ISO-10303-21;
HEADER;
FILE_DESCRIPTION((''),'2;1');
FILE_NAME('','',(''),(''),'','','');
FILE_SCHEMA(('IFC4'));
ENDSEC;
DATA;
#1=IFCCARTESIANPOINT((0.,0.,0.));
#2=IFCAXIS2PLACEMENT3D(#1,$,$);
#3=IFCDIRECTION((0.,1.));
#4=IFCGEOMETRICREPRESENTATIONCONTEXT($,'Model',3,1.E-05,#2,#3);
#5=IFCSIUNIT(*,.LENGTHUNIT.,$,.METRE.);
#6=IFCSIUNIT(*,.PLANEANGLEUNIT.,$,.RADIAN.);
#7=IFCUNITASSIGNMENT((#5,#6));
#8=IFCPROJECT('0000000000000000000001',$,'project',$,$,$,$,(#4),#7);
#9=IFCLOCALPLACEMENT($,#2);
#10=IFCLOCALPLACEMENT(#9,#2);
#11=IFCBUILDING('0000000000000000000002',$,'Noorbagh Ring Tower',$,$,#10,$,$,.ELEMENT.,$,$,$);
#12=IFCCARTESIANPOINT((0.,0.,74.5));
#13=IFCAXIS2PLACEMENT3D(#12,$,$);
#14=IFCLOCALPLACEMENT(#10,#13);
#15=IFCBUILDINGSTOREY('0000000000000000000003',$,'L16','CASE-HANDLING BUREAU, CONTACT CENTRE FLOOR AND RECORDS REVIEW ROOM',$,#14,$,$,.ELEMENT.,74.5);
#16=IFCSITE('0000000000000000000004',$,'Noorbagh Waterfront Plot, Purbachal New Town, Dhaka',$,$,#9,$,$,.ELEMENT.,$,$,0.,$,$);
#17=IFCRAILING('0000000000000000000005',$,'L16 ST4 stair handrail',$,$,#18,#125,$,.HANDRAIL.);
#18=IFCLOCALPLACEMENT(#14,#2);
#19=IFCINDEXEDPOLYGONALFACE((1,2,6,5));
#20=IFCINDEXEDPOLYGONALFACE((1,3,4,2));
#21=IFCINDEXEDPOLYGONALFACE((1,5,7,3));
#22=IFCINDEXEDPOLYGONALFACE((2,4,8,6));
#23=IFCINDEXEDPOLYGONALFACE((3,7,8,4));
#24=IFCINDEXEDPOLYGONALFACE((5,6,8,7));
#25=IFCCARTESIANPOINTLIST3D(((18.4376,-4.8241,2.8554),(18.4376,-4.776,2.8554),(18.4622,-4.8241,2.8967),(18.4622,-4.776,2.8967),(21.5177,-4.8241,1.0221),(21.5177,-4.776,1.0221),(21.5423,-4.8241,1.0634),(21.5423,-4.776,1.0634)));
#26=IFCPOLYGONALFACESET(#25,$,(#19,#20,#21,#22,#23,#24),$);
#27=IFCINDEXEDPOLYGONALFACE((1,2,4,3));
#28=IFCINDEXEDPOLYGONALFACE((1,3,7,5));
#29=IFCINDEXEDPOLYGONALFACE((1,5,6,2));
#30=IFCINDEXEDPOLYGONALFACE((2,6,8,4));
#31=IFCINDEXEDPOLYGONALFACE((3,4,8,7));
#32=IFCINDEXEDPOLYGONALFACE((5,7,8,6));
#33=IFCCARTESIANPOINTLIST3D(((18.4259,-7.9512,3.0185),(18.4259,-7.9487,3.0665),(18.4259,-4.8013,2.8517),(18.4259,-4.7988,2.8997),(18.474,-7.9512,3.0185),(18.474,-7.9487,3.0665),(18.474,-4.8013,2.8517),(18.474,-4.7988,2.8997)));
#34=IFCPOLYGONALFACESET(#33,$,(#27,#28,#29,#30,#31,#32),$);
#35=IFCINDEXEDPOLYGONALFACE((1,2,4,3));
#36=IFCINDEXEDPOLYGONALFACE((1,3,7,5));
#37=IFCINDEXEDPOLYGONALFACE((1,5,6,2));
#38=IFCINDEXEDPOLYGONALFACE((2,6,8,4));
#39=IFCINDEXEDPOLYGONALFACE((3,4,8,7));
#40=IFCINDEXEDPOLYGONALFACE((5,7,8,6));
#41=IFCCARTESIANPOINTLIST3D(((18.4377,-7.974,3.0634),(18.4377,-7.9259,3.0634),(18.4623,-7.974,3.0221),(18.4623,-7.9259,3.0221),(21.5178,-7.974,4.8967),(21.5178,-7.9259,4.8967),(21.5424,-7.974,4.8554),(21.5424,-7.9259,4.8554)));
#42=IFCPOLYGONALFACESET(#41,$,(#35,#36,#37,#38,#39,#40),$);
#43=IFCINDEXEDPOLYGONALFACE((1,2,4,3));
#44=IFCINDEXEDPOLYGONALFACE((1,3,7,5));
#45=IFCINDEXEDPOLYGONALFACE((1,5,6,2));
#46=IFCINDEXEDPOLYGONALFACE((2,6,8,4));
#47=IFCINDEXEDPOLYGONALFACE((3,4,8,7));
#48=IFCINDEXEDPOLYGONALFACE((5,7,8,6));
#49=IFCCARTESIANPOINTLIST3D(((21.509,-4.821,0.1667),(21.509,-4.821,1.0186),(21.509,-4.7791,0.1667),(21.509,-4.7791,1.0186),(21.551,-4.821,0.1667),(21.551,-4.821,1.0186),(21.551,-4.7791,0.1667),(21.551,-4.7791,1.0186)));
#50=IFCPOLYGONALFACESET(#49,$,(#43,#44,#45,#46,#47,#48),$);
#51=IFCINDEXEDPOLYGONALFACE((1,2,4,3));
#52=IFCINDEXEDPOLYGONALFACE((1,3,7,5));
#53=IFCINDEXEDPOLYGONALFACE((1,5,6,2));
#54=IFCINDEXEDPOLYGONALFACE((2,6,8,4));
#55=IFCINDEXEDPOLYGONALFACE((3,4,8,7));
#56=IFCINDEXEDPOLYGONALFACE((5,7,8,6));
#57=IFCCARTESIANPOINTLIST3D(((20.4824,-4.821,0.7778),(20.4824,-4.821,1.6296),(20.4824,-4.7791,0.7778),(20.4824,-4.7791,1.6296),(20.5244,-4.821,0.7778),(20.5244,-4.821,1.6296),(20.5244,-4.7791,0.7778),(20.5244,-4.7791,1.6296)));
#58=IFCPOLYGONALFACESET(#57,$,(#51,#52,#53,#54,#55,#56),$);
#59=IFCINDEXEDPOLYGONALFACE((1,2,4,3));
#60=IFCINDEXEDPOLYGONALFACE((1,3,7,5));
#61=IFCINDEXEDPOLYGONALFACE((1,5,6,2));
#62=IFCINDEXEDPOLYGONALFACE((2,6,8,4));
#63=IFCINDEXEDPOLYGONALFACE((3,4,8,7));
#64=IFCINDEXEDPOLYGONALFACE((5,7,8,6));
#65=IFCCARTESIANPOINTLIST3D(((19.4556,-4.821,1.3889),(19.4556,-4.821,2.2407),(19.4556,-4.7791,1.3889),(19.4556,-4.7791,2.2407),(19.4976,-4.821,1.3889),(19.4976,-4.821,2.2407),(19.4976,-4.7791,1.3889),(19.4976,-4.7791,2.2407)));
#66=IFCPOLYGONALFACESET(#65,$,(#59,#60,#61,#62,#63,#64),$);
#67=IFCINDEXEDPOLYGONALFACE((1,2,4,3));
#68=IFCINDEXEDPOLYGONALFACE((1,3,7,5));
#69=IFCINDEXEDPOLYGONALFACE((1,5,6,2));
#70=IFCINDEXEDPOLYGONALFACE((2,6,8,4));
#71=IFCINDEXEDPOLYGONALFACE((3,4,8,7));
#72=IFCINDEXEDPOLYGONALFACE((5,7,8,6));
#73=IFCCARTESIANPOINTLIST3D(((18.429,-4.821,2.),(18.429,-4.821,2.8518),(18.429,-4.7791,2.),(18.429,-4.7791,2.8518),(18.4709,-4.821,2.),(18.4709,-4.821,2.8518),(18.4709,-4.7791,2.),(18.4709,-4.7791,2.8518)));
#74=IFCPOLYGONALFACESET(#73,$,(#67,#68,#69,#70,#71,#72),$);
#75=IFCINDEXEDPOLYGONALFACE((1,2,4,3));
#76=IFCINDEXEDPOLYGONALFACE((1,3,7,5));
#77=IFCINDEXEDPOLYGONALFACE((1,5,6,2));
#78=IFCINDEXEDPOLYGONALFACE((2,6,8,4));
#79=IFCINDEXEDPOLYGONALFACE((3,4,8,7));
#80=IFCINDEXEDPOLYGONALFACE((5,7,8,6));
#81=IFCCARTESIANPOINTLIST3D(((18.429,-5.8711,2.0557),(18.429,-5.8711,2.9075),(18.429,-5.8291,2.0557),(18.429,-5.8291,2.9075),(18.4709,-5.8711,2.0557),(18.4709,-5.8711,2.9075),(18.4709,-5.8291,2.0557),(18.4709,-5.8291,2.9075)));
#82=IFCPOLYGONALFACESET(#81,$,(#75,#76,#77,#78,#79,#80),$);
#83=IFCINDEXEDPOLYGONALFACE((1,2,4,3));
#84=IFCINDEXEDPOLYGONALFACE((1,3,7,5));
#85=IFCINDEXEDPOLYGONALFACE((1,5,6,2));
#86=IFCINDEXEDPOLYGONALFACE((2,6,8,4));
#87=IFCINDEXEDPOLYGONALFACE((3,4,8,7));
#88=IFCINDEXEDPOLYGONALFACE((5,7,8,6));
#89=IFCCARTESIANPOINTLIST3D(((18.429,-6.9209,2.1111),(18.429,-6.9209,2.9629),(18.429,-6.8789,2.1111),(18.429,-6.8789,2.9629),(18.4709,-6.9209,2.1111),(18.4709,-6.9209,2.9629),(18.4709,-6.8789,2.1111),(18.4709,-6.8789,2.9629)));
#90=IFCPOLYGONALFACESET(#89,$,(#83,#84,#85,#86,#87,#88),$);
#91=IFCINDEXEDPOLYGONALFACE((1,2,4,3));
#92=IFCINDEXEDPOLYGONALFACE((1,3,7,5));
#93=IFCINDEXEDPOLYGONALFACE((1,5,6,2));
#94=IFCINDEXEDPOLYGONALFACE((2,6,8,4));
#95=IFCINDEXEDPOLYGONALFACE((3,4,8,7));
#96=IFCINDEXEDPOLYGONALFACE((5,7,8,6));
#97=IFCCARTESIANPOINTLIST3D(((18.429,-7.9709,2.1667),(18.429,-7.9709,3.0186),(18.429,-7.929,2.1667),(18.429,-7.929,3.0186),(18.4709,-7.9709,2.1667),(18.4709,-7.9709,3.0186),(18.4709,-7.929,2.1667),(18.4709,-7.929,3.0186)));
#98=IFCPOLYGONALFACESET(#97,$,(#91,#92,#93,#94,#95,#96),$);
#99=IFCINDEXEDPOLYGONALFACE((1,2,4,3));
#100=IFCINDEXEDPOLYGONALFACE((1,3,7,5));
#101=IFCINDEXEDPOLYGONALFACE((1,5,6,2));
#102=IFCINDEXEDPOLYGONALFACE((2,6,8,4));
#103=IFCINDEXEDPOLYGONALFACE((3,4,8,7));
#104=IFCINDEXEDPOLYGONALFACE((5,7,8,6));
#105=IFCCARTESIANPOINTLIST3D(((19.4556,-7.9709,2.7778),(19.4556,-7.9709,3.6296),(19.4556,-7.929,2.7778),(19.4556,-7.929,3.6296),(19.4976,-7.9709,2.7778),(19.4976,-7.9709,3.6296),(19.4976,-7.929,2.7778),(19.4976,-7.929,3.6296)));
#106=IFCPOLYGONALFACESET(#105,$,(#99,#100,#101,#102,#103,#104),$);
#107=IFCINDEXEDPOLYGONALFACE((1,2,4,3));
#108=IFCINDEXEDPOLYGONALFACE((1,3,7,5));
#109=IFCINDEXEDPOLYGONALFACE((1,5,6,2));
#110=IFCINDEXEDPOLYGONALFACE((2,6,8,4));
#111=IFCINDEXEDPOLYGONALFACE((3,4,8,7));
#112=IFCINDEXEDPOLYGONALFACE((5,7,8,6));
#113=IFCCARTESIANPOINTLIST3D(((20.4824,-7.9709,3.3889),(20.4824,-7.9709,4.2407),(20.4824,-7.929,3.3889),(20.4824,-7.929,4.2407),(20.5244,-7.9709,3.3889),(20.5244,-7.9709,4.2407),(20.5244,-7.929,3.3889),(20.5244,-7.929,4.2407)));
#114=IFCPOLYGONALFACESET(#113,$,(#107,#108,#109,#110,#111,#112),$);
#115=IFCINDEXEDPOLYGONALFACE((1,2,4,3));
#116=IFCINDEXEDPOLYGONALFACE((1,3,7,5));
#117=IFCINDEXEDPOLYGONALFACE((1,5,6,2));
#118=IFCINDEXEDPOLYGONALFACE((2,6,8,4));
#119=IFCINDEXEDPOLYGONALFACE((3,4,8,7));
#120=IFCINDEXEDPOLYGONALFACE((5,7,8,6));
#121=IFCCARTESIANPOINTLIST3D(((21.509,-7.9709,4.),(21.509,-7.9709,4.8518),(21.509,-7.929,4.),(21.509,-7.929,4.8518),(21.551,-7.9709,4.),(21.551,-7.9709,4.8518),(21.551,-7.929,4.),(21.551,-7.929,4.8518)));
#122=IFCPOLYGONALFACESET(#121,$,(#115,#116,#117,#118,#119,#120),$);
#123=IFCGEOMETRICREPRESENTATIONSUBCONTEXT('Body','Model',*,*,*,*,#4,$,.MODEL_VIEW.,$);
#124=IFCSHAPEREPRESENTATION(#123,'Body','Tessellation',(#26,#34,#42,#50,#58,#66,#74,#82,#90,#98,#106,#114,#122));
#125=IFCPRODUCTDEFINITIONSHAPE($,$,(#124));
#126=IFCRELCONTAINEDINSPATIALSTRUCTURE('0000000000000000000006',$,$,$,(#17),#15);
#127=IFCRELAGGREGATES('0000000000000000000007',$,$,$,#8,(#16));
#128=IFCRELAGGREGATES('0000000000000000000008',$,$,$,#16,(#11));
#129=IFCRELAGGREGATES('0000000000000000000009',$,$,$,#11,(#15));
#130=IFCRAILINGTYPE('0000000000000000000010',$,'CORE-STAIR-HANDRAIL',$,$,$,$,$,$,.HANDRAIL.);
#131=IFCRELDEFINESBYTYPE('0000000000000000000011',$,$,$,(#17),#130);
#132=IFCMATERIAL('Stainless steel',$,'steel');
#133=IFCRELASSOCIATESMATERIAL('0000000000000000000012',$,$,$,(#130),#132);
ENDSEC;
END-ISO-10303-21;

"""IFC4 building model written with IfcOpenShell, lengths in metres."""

from ifc_helpers import new_model, si_unit, direction, frame, origin, origin_2d, place, context, subcontext, project, spatial, rectangle, extrude, material, type_object, element, save


model = new_model("IFC4")

# Units and contexts
model_context = context("Model", 3, precision=1e-05, world=origin(), true_north=direction((0.0, 1.0)))
body_context = subcontext(model_context, "Body", "Model", "MODEL_VIEW")
ifc_project = project(units=[si_unit("LENGTHUNIT", "METRE"), si_unit("PLANEANGLEUNIT", "RADIAN")], contexts=[model_context])

# Site, building, storey
site_placement = place(None, origin())
site = spatial("IfcSite", under=ifc_project, at=site_placement, Name="Noorbagh Waterfront Plot, Purbachal New Town, Dhaka", CompositionType="ELEMENT", RefElevation=0.0)
building_placement = place(site_placement, origin())
building = spatial("IfcBuilding", under=site, at=building_placement, Name="Noorbagh Ring Tower", CompositionType="ELEMENT")
storey_placement = place(building_placement, frame((0.0, 0.0, 74.5)))
storey = spatial("IfcBuildingStorey", under=building, at=storey_placement, Name="L16", Description="CASE-HANDLING BUREAU, CONTACT CENTRE FLOOR AND RECORDS REVIEW ROOM", CompositionType="ELEMENT", Elevation=74.5)

# Railing
ifc_material_1 = material(Name="Stainless steel", Category="steel")
railing_type_1 = type_object("IfcRailingType", Name="CORE-STAIR-HANDRAIL", PredefinedType="HANDRAIL", material=ifc_material_1)
railing_1_placement = place(storey_placement, frame((21.53, -4.8, 0.1667)))
element("IfcRailing", 1, at=railing_1_placement, inside=storey, type_object=railing_type_1, Name="L16 ST4 stair handrail", PredefinedType="HANDRAIL", context=body_context, shape_type="SweptSolid", body=[
    extrude(rectangle(XDim=0.0481, YDim=0.0481, at=origin_2d()), frame((0.0, 0.0, 0.876), z_axis=(-0.859309, 0.0, 0.511458), x_axis=(0.0, -1.0, 0.0)), (0.0, 0.0, 1.0), 3.5845),
    extrude(rectangle(XDim=0.0481, YDim=0.0481, at=origin_2d()), frame((-3.0801, 0.0, 2.709), z_axis=(0.0, -0.998602, 0.052864), x_axis=(1.0, 0.0, 0.0)), (0.0, 0.0, 1.0), 3.1543),
    extrude(rectangle(XDim=0.0481, YDim=0.0481, at=origin_2d()), frame((-3.0801, -3.1499, 2.876), z_axis=(0.859309, 0.0, 0.511458), x_axis=(0.0, 1.0, 0.0)), (0.0, 0.0, 1.0), 3.5845),
    extrude(rectangle(XDim=0.042, YDim=0.042, at=origin_2d()), origin(), (0.0, 0.0, 1.0), 0.8518),
    extrude(rectangle(XDim=0.042, YDim=0.042, at=origin_2d()), frame((-1.0266, 0.0, 0.6111)), (0.0, 0.0, 1.0), 0.8518),
    extrude(rectangle(XDim=0.042, YDim=0.042, at=origin_2d()), frame((-2.0535, 0.0, 1.2222)), (0.0, 0.0, 1.0), 0.8518),
    extrude(rectangle(XDim=0.042, YDim=0.042, at=origin_2d()), frame((-3.0801, 0.0, 1.8333)), (0.0, 0.0, 1.0), 0.8518),
    extrude(rectangle(XDim=0.042, YDim=0.042, at=origin_2d()), frame((-3.0801, -1.05, 1.8889)), (0.0, 0.0, 1.0), 0.8518),
    extrude(rectangle(XDim=0.042, YDim=0.042, at=origin_2d()), frame((-3.0801, -2.0999, 1.9443)), (0.0, 0.0, 1.0), 0.8518),
    extrude(rectangle(XDim=0.042, YDim=0.042, at=origin_2d()), frame((-3.0801, -3.1499, 2.0)), (0.0, 0.0, 1.0), 0.8518),
    extrude(rectangle(XDim=0.042, YDim=0.042, at=origin_2d()), frame((-2.0535, -3.1499, 2.6111)), (0.0, 0.0, 1.0), 0.8518),
    extrude(rectangle(XDim=0.042, YDim=0.042, at=origin_2d()), frame((-1.0266, -3.1499, 3.2222)), (0.0, 0.0, 1.0), 0.8518),
    extrude(rectangle(XDim=0.042, YDim=0.042, at=origin_2d()), frame((0.0, -3.1499, 3.8333)), (0.0, 0.0, 1.0), 0.8518),
])

save(model, "model.ifc")
